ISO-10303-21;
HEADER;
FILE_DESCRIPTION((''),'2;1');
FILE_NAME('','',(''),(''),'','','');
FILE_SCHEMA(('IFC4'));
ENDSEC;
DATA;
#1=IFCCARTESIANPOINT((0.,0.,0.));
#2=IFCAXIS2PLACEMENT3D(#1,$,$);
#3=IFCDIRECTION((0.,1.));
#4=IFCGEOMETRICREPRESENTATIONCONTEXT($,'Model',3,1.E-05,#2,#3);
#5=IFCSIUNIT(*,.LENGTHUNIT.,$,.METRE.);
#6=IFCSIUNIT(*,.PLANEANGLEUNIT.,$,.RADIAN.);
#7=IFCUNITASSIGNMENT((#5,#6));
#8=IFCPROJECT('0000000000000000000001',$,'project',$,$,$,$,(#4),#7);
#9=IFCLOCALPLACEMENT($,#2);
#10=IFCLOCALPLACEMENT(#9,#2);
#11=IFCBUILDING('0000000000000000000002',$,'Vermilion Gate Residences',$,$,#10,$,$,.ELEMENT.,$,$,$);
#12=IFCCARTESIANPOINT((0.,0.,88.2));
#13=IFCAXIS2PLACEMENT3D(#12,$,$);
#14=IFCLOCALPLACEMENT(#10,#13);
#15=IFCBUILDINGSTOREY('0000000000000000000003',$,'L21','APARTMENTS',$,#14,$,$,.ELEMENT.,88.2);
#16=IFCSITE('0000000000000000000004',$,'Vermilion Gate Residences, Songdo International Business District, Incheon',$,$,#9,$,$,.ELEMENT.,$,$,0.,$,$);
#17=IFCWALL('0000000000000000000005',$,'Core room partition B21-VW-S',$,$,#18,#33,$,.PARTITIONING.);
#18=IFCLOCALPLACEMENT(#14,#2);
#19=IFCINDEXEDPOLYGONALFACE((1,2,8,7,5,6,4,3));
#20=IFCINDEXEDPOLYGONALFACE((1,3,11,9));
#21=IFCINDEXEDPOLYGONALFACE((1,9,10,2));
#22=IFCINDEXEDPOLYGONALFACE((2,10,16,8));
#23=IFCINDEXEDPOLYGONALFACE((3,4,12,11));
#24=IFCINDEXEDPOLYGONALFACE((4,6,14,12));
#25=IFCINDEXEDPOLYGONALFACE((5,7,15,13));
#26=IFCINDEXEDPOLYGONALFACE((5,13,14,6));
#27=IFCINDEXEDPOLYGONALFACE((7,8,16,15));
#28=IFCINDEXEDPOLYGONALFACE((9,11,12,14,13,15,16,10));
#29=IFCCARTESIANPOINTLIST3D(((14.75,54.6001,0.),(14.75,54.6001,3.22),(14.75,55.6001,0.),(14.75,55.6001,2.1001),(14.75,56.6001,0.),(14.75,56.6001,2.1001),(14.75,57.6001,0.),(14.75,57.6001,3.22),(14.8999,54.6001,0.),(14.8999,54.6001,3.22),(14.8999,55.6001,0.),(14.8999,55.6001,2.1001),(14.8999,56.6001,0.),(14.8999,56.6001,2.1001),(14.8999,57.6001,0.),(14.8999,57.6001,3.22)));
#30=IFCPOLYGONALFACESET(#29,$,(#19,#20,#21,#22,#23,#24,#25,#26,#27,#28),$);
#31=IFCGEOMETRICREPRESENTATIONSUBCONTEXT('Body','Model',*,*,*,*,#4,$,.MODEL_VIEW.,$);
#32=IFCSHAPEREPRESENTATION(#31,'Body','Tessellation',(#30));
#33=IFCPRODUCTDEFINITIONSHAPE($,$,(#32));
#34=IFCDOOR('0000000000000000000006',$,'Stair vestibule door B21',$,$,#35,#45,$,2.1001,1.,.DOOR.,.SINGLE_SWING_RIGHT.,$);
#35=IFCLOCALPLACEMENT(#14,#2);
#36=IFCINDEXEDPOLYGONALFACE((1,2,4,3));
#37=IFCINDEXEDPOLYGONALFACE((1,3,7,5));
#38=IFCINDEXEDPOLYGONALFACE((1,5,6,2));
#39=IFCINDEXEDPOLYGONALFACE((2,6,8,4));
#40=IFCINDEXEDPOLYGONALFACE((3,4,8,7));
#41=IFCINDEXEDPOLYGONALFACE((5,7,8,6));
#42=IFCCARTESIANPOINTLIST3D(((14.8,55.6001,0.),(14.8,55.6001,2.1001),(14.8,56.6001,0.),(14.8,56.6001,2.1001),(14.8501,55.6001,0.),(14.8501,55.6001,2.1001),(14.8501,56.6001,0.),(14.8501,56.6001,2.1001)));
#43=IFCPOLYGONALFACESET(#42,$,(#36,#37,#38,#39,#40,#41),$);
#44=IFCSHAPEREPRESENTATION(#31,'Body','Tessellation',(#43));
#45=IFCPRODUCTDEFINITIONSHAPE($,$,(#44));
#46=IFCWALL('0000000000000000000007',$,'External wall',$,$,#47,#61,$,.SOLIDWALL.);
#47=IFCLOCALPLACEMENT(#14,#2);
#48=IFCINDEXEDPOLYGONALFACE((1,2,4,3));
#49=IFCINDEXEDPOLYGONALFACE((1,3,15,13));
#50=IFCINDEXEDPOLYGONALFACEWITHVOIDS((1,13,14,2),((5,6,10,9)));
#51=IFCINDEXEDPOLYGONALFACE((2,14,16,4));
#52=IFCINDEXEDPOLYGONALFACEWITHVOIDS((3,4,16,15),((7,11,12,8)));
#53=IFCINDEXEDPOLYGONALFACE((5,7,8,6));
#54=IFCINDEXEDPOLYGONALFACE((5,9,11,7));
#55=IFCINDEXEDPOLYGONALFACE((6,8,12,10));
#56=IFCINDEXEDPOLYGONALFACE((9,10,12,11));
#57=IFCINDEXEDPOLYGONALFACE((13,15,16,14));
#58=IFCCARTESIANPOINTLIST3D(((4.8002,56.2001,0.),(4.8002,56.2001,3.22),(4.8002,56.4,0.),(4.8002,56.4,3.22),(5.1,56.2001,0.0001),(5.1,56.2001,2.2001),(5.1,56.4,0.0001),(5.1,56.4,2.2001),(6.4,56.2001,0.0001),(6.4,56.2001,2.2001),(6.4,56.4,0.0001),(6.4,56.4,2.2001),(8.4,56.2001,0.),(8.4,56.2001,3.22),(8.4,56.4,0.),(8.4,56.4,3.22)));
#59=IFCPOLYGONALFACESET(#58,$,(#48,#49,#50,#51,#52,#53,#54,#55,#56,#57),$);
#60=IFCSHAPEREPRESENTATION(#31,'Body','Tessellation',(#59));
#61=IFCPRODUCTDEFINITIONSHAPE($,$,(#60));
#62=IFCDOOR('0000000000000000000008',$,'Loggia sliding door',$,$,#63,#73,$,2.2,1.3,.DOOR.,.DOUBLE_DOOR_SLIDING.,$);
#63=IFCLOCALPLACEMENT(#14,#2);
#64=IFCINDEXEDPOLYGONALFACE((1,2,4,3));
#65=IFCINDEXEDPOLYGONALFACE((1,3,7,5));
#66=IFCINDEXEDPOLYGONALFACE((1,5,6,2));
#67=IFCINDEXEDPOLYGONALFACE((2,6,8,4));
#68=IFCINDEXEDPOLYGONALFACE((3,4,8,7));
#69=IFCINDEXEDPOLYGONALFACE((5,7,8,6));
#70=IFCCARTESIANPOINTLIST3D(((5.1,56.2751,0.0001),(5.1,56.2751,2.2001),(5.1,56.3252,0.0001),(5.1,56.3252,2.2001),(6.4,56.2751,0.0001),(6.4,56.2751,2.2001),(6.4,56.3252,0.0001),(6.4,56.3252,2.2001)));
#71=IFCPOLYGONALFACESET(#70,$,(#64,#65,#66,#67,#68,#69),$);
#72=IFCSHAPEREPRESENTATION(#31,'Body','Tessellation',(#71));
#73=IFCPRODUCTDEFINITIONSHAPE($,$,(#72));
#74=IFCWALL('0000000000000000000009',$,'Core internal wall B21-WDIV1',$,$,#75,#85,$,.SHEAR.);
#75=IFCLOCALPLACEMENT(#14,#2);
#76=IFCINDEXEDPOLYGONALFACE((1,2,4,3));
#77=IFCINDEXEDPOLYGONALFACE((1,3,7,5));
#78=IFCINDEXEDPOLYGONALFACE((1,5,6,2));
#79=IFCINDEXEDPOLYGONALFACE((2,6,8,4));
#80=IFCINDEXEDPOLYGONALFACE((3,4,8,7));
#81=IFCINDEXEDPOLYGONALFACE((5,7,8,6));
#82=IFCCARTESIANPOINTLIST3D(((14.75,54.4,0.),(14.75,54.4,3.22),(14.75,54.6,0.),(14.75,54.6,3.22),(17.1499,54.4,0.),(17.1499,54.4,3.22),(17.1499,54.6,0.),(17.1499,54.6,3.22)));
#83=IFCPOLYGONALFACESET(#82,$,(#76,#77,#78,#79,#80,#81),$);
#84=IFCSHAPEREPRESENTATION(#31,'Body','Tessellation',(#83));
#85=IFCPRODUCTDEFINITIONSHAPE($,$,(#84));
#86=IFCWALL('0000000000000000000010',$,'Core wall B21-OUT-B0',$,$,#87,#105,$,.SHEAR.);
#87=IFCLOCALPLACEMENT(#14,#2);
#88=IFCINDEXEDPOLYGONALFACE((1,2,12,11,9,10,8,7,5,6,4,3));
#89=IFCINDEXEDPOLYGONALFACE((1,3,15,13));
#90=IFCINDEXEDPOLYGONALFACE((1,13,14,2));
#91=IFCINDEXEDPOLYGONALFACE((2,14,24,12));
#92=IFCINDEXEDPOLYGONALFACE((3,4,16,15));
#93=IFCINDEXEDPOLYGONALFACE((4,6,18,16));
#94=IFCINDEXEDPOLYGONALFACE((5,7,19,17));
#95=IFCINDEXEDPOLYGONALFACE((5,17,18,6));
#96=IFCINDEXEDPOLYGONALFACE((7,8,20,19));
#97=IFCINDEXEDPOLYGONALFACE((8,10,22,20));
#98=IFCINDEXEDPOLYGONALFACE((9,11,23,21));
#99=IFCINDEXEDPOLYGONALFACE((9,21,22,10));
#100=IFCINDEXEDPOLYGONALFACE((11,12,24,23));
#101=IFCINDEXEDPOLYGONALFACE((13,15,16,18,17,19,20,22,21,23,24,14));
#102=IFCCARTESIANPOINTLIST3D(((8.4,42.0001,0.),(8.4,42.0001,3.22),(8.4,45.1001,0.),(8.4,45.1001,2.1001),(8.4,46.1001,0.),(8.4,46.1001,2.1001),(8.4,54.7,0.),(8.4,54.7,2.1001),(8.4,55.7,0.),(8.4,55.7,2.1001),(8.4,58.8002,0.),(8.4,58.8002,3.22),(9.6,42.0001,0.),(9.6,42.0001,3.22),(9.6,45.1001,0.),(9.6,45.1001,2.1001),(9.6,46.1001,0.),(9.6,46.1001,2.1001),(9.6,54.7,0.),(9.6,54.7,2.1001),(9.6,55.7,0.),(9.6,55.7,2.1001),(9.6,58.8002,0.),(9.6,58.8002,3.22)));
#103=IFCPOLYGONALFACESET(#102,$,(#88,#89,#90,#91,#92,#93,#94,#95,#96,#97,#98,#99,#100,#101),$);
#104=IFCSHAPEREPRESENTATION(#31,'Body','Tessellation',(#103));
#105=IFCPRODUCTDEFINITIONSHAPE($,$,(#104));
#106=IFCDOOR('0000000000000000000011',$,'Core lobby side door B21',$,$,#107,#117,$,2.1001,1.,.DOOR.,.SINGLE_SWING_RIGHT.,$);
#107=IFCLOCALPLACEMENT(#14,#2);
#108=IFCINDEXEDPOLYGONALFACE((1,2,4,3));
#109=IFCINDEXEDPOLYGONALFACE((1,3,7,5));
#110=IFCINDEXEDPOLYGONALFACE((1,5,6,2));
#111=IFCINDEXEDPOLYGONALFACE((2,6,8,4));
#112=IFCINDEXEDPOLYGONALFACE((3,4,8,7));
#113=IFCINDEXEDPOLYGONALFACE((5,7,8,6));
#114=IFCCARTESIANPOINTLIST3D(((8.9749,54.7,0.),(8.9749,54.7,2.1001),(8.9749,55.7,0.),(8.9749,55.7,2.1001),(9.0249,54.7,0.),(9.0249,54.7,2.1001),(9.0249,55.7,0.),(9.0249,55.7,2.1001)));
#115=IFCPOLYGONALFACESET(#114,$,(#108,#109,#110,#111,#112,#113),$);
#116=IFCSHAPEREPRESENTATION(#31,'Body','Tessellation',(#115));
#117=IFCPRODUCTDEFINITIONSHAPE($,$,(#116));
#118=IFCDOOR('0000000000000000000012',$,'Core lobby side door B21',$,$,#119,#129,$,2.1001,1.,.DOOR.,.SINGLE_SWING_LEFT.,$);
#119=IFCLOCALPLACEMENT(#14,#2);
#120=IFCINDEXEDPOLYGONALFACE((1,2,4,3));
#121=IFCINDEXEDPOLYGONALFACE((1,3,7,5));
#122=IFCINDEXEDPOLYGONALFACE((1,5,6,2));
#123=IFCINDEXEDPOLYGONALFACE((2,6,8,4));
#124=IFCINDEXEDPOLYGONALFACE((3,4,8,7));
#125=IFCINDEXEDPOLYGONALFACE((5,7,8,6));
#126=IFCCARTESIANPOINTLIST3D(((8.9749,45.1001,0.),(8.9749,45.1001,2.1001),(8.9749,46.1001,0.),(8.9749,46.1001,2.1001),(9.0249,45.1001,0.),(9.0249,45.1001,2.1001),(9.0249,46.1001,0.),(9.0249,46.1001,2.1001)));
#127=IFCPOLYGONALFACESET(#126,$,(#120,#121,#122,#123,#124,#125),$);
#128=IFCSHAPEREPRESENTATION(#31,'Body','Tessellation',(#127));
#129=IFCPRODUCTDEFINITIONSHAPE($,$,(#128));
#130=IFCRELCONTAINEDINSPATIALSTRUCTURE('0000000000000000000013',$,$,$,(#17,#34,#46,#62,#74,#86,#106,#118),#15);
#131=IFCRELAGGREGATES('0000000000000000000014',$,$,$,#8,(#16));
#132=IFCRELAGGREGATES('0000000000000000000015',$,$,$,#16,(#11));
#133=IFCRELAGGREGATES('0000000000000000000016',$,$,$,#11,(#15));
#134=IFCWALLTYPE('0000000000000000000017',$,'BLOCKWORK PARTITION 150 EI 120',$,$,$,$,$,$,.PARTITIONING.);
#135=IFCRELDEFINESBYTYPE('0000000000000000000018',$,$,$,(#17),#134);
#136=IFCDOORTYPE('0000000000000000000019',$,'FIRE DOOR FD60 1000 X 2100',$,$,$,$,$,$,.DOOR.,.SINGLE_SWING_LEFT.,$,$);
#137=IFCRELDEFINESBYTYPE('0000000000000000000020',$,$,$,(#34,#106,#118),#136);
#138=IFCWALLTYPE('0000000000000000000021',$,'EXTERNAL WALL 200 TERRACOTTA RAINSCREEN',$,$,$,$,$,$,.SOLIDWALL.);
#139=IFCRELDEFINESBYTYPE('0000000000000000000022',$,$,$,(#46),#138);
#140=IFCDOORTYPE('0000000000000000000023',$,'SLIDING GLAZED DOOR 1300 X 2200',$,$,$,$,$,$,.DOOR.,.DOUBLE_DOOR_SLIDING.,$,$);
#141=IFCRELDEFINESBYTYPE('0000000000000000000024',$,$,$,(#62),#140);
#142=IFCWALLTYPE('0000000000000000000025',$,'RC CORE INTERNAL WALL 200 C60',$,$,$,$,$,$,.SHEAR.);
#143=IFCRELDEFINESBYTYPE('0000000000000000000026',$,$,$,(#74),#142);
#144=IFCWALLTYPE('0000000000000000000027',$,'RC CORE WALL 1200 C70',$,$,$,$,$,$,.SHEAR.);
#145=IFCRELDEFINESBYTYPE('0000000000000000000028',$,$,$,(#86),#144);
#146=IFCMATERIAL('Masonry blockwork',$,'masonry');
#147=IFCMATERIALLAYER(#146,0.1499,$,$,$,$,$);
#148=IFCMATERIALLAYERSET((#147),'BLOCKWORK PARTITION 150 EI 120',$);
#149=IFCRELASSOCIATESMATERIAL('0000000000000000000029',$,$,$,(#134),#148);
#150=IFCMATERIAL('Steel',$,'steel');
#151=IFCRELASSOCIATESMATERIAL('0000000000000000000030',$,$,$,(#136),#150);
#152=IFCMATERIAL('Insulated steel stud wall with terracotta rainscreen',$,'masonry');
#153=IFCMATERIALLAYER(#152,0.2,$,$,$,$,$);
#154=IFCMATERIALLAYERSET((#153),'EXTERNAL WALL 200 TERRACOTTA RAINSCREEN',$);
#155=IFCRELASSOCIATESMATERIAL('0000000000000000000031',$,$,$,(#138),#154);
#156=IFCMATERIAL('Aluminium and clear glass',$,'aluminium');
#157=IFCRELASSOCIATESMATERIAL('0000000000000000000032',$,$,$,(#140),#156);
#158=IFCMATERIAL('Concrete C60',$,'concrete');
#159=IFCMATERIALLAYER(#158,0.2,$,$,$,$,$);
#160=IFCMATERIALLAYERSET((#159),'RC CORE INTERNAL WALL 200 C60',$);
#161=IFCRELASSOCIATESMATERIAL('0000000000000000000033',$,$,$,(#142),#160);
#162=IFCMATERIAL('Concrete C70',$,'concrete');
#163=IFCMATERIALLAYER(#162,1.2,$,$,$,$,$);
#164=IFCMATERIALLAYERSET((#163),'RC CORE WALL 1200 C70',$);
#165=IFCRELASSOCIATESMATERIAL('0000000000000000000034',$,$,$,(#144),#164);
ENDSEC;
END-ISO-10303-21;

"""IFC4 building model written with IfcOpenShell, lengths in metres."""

from ifc_helpers import new_model, si_unit, direction, frame, frame_2d, origin, place, context, subcontext, project, spatial, rectangle, extrude, material, layer, layer_set, type_object, element, fill, save


model = new_model("IFC4")

# Units and contexts
model_context = context("Model", 3, precision=1e-05, world=origin(), true_north=direction((0.0, 1.0)))
body_context = subcontext(model_context, "Body", "Model", "MODEL_VIEW")
ifc_project = project(units=[si_unit("LENGTHUNIT", "METRE"), si_unit("PLANEANGLEUNIT", "RADIAN")], contexts=[model_context])

# Site, building, storey
site_placement = place(None, origin())
site = spatial("IfcSite", under=ifc_project, at=site_placement, Name="Vermilion Gate Residences, Songdo International Business District, Incheon", CompositionType="ELEMENT", RefElevation=0.0)
building_placement = place(site_placement, origin())
building = spatial("IfcBuilding", under=site, at=building_placement, Name="Vermilion Gate Residences", CompositionType="ELEMENT")
storey_placement = place(building_placement, frame((0.0, 0.0, 88.2)))
storey = spatial("IfcBuildingStorey", under=building, at=storey_placement, Name="L21", Description="APARTMENTS", CompositionType="ELEMENT", Elevation=88.2)

# Walls, openings, doors
ifc_material_1 = material(Name="Masonry blockwork", Category="masonry")
ifc_layer_1 = layer(ifc_material_1, 0.1499)
ifc_layer_set_1 = layer_set([ifc_layer_1], Name="BLOCKWORK PARTITION 150 EI 120")
wall_type_1 = type_object("IfcWallType", Name="BLOCKWORK PARTITION 150 EI 120", PredefinedType="PARTITIONING", material=ifc_layer_set_1)
wall_1_placement = place(storey_placement, frame((14.825, 57.6001, 0.0), z_axis=(0.0, 0.0, 1.0), x_axis=(0.0, -1.0, 0.0)))
wall_1 = element("IfcWall", 1, at=wall_1_placement, inside=storey, type_object=wall_type_1, Name="Core room partition B21-VW-S", PredefinedType="PARTITIONING", context=body_context, shape_type="SweptSolid", body=[
    extrude(rectangle(XDim=3.0, YDim=0.1499, at=frame_2d((1.5, 0.0))), origin(), (0.0, 0.0, 1.0), 3.22),
])
opening_1_placement = place(wall_1_placement, frame((1.0, 0.0, 0.0)))
opening_1 = element("IfcOpeningElement", 2, at=opening_1_placement, cuts=wall_1, PredefinedType="OPENING", context=body_context, shape_type="SweptSolid", body=[
    extrude(rectangle(XDim=1.0, YDim=2.1001, at=frame_2d((0.5, 1.05))), frame((0.0, 0.085, 0.0), z_axis=(0.0, -1.0, 0.0), x_axis=(1.0, 0.0, 0.0)), (0.0, 0.0, 1.0), 0.1699),
])
ifc_material_2 = material(Name="Steel", Category="steel")
door_type_1 = type_object("IfcDoorType", Name="FIRE DOOR FD60 1000 X 2100", OperationType="SINGLE_SWING_LEFT", PredefinedType="DOOR", material=ifc_material_2)
door_1_placement = place(opening_1_placement, frame((1.0, 0.0, 0.0), z_axis=(0.0, 0.0, 1.0), x_axis=(-1.0, 0.0, 0.0)))
door_1 = element("IfcDoor", 3, at=door_1_placement, inside=storey, type_object=door_type_1, Name="Stair vestibule door B21", OperationType="SINGLE_SWING_RIGHT", OverallHeight=2.1001, OverallWidth=1.0, PredefinedType="DOOR", context=body_context, shape_type="SweptSolid", body=[
    extrude(rectangle(XDim=1.0, YDim=2.1001, at=frame_2d((0.5, 1.05))), frame((0.0, 0.0249, 0.0), z_axis=(0.0, -1.0, 0.0), x_axis=(1.0, 0.0, 0.0)), (0.0, 0.0, 1.0), 0.05),
])
fill(opening_1, door_1)
ifc_material_3 = material(Name="Insulated steel stud wall with terracotta rainscreen", Category="masonry")
ifc_layer_2 = layer(ifc_material_3, 0.2)
ifc_layer_set_2 = layer_set([ifc_layer_2], Name="EXTERNAL WALL 200 TERRACOTTA RAINSCREEN")
wall_type_2 = type_object("IfcWallType", Name="EXTERNAL WALL 200 TERRACOTTA RAINSCREEN", PredefinedType="SOLIDWALL", material=ifc_layer_set_2)
wall_2_placement = place(storey_placement, frame((8.3999, 56.3, 0.0), z_axis=(0.0, 0.0, 1.0), x_axis=(-1.0, 0.0, 0.0)))
wall_2 = element("IfcWall", 4, at=wall_2_placement, inside=storey, type_object=wall_type_2, Name="External wall", PredefinedType="SOLIDWALL", context=body_context, shape_type="SweptSolid", body=[
    extrude(rectangle(XDim=3.5999, YDim=0.2, at=frame_2d((1.7998, 0.0))), origin(), (0.0, 0.0, 1.0), 3.22),
])
opening_2_placement = place(wall_2_placement, frame((2.0, 0.0, 0.0)))
opening_2 = element("IfcOpeningElement", 5, at=opening_2_placement, cuts=wall_2, PredefinedType="OPENING", context=body_context, shape_type="SweptSolid", body=[
    extrude(rectangle(XDim=1.3, YDim=2.2, at=frame_2d((0.6499, 1.1001))), frame((0.0, 0.1099, 0.0), z_axis=(0.0, -1.0, 0.0), x_axis=(1.0, 0.0, 0.0)), (0.0, 0.0, 1.0), 0.22),
])
ifc_material_4 = material(Name="Aluminium and clear glass", Category="aluminium")
door_type_2 = type_object("IfcDoorType", Name="SLIDING GLAZED DOOR 1300 X 2200", OperationType="DOUBLE_DOOR_SLIDING", PredefinedType="DOOR", material=ifc_material_4)
door_2_placement = place(opening_2_placement, origin())
door_2 = element("IfcDoor", 6, at=door_2_placement, inside=storey, type_object=door_type_2, Name="Loggia sliding door", OperationType="DOUBLE_DOOR_SLIDING", OverallHeight=2.2, OverallWidth=1.3, PredefinedType="DOOR", context=body_context, shape_type="SweptSolid", body=[
    extrude(rectangle(XDim=1.3, YDim=2.2, at=frame_2d((0.6499, 1.1001))), frame((0.0, 0.0249, 0.0), z_axis=(0.0, -1.0, 0.0), x_axis=(1.0, 0.0, 0.0)), (0.0, 0.0, 1.0), 0.05),
])
fill(opening_2, door_2)

# Wall
ifc_material_5 = material(Name="Concrete C60", Category="concrete")
ifc_layer_3 = layer(ifc_material_5, 0.2)
ifc_layer_set_3 = layer_set([ifc_layer_3], Name="RC CORE INTERNAL WALL 200 C60")
wall_type_3 = type_object("IfcWallType", Name="RC CORE INTERNAL WALL 200 C60", PredefinedType="SHEAR", material=ifc_layer_set_3)
wall_3_placement = place(storey_placement, frame((14.75, 54.5, 0.0), z_axis=(0.0, 0.0, 1.0), x_axis=(1.0, 0.0, 0.0)))
element("IfcWall", 7, at=wall_3_placement, inside=storey, type_object=wall_type_3, Name="Core internal wall B21-WDIV1", PredefinedType="SHEAR", context=body_context, shape_type="SweptSolid", body=[
    extrude(rectangle(XDim=2.3999, YDim=0.2, at=frame_2d((1.2, 0.0))), origin(), (0.0, 0.0, 1.0), 3.22),
])

# Wall, openings, doors
ifc_material_6 = material(Name="Concrete C70", Category="concrete")
ifc_layer_4 = layer(ifc_material_6, 1.2)
ifc_layer_set_4 = layer_set([ifc_layer_4], Name="RC CORE WALL 1200 C70")
wall_type_4 = type_object("IfcWallType", Name="RC CORE WALL 1200 C70", PredefinedType="SHEAR", material=ifc_layer_set_4)
wall_4_placement = place(storey_placement, frame((9.0, 58.8, 0.0), z_axis=(0.0, 0.0, 1.0), x_axis=(0.0, -1.0, 0.0)))
wall_4 = element("IfcWall", 8, at=wall_4_placement, inside=storey, type_object=wall_type_4, Name="Core wall B21-OUT-B0", PredefinedType="SHEAR", context=body_context, shape_type="SweptSolid", body=[
    extrude(rectangle(XDim=16.8, YDim=1.2, at=frame_2d((8.3999, 0.0))), origin(), (0.0, 0.0, 1.0), 3.22),
])
opening_3_placement = place(wall_4_placement, frame((3.1001, 0.0, 0.0)))
opening_3 = element("IfcOpeningElement", 9, at=opening_3_placement, cuts=wall_4, PredefinedType="OPENING", context=body_context, shape_type="SweptSolid", body=[
    extrude(rectangle(XDim=1.0, YDim=2.1001, at=frame_2d((0.5, 1.05))), frame((0.0, 0.6099, 0.0), z_axis=(0.0, -1.0, 0.0), x_axis=(1.0, 0.0, 0.0)), (0.0, 0.0, 1.0), 1.22),
])
opening_4_placement = place(wall_4_placement, frame((12.7, 0.0, 0.0)))
opening_4 = element("IfcOpeningElement", 10, at=opening_4_placement, cuts=wall_4, PredefinedType="OPENING", context=body_context, shape_type="SweptSolid", body=[
    extrude(rectangle(XDim=1.0, YDim=2.1001, at=frame_2d((0.5, 1.05))), frame((0.0, 0.6099, 0.0), z_axis=(0.0, -1.0, 0.0), x_axis=(1.0, 0.0, 0.0)), (0.0, 0.0, 1.0), 1.22),
])
door_3_placement = place(opening_3_placement, origin())
door_3 = element("IfcDoor", 11, at=door_3_placement, inside=storey, type_object=door_type_1, Name="Core lobby side door B21", OperationType="SINGLE_SWING_RIGHT", OverallHeight=2.1001, OverallWidth=1.0, PredefinedType="DOOR", context=body_context, shape_type="SweptSolid", body=[
    extrude(rectangle(XDim=1.0, YDim=2.1001, at=frame_2d((0.5, 1.05))), frame((0.0, 0.0249, 0.0), z_axis=(0.0, -1.0, 0.0), x_axis=(1.0, 0.0, 0.0)), (0.0, 0.0, 1.0), 0.05),
])
fill(opening_3, door_3)
door_4_placement = place(opening_4_placement, origin())
door_4 = element("IfcDoor", 12, at=door_4_placement, inside=storey, type_object=door_type_1, Name="Core lobby side door B21", OperationType="SINGLE_SWING_LEFT", OverallHeight=2.1001, OverallWidth=1.0, PredefinedType="DOOR", context=body_context, shape_type="SweptSolid", body=[
    extrude(rectangle(XDim=1.0, YDim=2.1001, at=frame_2d((0.5, 1.05))), frame((0.0, 0.0249, 0.0), z_axis=(0.0, -1.0, 0.0), x_axis=(1.0, 0.0, 0.0)), (0.0, 0.0, 1.0), 0.05),
])
fill(opening_4, door_4)

save(model, "model.ifc")
